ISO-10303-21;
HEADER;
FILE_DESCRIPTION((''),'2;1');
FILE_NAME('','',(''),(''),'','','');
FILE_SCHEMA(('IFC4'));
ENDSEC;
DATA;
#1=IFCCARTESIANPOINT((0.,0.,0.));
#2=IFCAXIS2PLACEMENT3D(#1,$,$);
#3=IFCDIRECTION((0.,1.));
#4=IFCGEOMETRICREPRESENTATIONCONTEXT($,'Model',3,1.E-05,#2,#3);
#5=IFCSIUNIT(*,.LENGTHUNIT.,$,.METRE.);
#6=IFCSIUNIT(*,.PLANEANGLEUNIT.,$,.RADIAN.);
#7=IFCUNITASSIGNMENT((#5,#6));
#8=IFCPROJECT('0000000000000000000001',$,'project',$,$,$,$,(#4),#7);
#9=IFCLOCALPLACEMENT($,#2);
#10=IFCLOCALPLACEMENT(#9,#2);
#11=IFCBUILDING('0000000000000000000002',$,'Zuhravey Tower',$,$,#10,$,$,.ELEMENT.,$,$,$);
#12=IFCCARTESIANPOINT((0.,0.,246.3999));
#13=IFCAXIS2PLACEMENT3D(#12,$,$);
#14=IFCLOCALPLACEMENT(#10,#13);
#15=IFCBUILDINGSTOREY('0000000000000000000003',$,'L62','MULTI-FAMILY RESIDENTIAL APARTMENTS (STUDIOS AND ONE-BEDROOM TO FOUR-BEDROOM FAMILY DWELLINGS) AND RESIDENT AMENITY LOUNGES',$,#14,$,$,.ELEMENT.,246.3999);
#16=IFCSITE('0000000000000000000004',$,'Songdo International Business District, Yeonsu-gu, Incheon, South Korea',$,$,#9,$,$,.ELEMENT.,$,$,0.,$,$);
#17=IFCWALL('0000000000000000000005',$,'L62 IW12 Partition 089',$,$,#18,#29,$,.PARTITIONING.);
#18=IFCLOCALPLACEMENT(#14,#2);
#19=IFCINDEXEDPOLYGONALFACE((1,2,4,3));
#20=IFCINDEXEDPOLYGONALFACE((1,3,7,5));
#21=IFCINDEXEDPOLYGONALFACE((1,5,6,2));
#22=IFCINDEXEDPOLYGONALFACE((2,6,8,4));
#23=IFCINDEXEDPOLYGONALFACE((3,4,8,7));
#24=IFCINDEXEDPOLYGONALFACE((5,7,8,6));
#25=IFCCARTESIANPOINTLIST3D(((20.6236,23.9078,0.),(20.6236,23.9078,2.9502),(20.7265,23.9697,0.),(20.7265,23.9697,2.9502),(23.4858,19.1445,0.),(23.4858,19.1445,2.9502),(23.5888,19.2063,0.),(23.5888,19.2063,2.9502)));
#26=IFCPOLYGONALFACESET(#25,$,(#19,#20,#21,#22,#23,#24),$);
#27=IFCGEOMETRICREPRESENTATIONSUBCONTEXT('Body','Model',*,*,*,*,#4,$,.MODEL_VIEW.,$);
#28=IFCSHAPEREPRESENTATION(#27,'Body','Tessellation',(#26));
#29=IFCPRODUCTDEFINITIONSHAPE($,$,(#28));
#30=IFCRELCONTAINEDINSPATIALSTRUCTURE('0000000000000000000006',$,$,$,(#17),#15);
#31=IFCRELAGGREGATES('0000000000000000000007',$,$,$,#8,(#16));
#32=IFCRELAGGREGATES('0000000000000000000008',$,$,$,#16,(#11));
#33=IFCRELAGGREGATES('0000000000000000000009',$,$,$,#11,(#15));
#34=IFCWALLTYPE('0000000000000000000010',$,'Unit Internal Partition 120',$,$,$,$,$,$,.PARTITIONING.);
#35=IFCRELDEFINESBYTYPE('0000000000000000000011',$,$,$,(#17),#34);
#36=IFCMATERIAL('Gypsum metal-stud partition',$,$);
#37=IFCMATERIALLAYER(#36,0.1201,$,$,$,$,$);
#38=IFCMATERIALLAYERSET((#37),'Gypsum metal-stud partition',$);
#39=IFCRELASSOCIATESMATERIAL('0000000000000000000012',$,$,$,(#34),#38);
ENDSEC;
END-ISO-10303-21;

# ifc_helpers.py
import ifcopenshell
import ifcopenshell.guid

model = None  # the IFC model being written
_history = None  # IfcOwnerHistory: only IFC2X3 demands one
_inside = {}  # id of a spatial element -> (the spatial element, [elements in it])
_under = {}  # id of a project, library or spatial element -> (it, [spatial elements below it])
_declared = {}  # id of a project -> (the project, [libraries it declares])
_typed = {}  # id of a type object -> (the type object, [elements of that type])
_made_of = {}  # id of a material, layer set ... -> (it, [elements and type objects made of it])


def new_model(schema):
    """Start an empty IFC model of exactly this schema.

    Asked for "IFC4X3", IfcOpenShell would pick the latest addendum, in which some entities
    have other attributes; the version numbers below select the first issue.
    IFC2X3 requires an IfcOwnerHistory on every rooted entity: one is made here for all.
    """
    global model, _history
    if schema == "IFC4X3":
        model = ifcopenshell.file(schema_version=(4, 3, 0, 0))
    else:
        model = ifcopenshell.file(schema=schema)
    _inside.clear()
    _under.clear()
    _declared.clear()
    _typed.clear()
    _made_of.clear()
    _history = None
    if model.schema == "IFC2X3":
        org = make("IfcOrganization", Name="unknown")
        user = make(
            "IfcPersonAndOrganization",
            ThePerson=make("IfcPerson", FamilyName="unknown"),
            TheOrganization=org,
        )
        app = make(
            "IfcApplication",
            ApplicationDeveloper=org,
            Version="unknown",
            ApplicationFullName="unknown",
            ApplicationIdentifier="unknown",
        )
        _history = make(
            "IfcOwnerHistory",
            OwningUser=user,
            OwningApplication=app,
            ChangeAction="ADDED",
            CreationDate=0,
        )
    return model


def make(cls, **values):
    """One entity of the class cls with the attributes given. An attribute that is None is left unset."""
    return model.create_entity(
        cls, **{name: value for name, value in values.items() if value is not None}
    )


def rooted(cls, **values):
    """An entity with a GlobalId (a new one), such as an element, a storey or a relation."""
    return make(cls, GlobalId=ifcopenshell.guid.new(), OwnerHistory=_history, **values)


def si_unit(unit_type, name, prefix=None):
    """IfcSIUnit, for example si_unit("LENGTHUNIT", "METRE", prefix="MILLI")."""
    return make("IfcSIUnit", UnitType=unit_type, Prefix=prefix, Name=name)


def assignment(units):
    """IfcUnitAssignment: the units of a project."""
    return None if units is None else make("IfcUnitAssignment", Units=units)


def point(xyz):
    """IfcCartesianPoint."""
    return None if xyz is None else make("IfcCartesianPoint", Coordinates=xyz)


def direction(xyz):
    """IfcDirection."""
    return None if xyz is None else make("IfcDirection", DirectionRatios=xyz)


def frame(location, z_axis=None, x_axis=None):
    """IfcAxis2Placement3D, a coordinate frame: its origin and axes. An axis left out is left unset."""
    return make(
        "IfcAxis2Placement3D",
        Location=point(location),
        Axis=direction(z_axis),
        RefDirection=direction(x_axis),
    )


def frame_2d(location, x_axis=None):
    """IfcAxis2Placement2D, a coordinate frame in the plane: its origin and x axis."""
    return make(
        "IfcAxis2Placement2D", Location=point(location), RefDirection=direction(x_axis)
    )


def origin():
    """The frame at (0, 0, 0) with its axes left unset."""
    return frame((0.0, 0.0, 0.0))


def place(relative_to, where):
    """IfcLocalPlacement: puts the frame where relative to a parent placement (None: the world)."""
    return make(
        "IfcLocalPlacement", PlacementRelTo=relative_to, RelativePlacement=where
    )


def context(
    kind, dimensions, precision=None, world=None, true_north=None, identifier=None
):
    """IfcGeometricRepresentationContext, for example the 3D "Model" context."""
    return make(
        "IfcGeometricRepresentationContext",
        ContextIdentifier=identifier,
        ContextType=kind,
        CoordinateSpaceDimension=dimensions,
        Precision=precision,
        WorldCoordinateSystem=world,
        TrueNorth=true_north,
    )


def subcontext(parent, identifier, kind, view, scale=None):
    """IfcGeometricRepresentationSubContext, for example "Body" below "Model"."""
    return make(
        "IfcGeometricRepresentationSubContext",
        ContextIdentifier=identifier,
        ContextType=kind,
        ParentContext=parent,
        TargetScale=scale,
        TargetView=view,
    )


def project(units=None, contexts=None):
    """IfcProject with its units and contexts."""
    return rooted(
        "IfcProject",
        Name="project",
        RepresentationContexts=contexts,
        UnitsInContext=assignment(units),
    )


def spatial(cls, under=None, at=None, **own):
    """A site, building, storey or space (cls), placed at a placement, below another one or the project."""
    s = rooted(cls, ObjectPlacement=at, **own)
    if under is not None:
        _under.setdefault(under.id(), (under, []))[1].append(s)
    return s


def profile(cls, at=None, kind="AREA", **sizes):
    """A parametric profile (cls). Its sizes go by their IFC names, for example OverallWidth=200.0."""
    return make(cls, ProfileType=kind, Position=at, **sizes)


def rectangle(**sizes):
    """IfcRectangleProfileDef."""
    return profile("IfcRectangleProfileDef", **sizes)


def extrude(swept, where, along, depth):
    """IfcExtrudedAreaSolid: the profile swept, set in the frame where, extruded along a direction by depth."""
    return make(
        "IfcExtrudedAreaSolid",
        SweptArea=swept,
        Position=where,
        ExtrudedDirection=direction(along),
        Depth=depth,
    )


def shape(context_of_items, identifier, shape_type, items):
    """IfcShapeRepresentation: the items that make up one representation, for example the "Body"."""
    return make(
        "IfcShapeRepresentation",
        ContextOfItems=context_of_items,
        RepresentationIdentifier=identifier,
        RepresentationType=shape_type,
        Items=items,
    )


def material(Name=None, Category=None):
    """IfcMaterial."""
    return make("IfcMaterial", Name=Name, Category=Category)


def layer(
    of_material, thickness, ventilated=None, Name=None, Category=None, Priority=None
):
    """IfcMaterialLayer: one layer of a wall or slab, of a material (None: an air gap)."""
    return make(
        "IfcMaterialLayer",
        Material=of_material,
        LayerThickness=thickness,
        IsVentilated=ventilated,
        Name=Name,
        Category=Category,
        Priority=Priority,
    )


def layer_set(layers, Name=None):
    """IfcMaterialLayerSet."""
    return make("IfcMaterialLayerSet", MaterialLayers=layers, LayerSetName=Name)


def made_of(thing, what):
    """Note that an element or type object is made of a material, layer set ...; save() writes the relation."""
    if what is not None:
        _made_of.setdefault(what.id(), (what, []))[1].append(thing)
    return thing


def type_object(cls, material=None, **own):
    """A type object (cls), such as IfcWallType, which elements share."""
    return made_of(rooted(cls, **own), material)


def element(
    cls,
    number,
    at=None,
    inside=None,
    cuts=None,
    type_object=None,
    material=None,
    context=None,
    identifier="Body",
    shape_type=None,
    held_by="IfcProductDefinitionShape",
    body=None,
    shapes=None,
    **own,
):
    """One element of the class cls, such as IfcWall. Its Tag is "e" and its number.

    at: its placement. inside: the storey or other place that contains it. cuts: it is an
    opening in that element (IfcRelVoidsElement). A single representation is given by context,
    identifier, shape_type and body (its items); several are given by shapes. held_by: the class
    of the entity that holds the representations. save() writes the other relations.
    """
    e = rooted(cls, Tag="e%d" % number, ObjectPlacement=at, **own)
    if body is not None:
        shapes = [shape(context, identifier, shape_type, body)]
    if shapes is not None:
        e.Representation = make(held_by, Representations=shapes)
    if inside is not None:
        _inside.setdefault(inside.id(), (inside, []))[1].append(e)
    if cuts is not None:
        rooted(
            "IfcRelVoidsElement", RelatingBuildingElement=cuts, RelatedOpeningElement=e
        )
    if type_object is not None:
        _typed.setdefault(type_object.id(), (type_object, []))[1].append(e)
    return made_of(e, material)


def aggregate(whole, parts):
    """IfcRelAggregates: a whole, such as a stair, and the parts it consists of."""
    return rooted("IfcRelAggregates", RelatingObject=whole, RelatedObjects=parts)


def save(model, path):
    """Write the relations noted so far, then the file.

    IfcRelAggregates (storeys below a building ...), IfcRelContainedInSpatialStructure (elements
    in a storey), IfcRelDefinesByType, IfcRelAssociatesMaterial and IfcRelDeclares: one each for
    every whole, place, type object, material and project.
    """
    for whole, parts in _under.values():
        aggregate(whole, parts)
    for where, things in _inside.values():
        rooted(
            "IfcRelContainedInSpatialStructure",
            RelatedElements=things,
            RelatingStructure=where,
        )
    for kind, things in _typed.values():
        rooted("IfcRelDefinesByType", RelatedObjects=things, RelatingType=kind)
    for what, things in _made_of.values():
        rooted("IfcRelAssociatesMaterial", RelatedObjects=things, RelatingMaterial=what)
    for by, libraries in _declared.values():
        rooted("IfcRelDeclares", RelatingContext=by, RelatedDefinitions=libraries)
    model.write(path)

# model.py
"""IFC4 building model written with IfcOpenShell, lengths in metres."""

from ifc_helpers import new_model, si_unit, direction, frame, frame_2d, origin, place, context, subcontext, project, spatial, rectangle, extrude, material, layer, layer_set, type_object, element, save


model = new_model("IFC4")

# Units and contexts
model_context = context("Model", 3, precision=1e-05, world=origin(), true_north=direction((0.0, 1.0)))
body_context = subcontext(model_context, "Body", "Model", "MODEL_VIEW")
ifc_project = project(units=[si_unit("LENGTHUNIT", "METRE"), si_unit("PLANEANGLEUNIT", "RADIAN")], contexts=[model_context])

# Site, building, storey
site_placement = place(None, origin())
site = spatial("IfcSite", under=ifc_project, at=site_placement, Name="Songdo International Business District, Yeonsu-gu, Incheon, South Korea", CompositionType="ELEMENT", RefElevation=0.0)
building_placement = place(site_placement, origin())
building = spatial("IfcBuilding", under=site, at=building_placement, Name="Zuhravey Tower", CompositionType="ELEMENT")
storey_placement = place(building_placement, frame((0.0, 0.0, 246.3999)))
storey = spatial("IfcBuildingStorey", under=building, at=storey_placement, Name="L62", Description="MULTI-FAMILY RESIDENTIAL APARTMENTS (STUDIOS AND ONE-BEDROOM TO FOUR-BEDROOM FAMILY DWELLINGS) AND RESIDENT AMENITY LOUNGES", CompositionType="ELEMENT", Elevation=246.3999)

# Shared definitions
ifc_material_1 = material(Name="Gypsum metal-stud partition")
ifc_layer_1 = layer(ifc_material_1, 0.1201)
ifc_layer_set_1 = layer_set([ifc_layer_1], Name="Gypsum metal-stud partition")
wall_type_1 = type_object("IfcWallType", Name="Unit Internal Partition 120", PredefinedType="PARTITIONING", material=ifc_layer_set_1)

# Wall
wall_1_placement = place(storey_placement, frame((20.675, 23.9387, 0.0), z_axis=(0.0, 0.0, 1.0), x_axis=(0.515058, -0.857155, 0.0)))
element("IfcWall", 1, at=wall_1_placement, inside=storey, type_object=wall_type_1, Name="L62 IW12 Partition 089", PredefinedType="PARTITIONING", context=body_context, shape_type="SweptSolid", body=[
    extrude(rectangle(XDim=5.5571, YDim=0.1201, at=frame_2d((2.7786, 0.0))), origin(), (0.0, 0.0, 1.0), 2.9502),
])

save(model, "model.ifc")
